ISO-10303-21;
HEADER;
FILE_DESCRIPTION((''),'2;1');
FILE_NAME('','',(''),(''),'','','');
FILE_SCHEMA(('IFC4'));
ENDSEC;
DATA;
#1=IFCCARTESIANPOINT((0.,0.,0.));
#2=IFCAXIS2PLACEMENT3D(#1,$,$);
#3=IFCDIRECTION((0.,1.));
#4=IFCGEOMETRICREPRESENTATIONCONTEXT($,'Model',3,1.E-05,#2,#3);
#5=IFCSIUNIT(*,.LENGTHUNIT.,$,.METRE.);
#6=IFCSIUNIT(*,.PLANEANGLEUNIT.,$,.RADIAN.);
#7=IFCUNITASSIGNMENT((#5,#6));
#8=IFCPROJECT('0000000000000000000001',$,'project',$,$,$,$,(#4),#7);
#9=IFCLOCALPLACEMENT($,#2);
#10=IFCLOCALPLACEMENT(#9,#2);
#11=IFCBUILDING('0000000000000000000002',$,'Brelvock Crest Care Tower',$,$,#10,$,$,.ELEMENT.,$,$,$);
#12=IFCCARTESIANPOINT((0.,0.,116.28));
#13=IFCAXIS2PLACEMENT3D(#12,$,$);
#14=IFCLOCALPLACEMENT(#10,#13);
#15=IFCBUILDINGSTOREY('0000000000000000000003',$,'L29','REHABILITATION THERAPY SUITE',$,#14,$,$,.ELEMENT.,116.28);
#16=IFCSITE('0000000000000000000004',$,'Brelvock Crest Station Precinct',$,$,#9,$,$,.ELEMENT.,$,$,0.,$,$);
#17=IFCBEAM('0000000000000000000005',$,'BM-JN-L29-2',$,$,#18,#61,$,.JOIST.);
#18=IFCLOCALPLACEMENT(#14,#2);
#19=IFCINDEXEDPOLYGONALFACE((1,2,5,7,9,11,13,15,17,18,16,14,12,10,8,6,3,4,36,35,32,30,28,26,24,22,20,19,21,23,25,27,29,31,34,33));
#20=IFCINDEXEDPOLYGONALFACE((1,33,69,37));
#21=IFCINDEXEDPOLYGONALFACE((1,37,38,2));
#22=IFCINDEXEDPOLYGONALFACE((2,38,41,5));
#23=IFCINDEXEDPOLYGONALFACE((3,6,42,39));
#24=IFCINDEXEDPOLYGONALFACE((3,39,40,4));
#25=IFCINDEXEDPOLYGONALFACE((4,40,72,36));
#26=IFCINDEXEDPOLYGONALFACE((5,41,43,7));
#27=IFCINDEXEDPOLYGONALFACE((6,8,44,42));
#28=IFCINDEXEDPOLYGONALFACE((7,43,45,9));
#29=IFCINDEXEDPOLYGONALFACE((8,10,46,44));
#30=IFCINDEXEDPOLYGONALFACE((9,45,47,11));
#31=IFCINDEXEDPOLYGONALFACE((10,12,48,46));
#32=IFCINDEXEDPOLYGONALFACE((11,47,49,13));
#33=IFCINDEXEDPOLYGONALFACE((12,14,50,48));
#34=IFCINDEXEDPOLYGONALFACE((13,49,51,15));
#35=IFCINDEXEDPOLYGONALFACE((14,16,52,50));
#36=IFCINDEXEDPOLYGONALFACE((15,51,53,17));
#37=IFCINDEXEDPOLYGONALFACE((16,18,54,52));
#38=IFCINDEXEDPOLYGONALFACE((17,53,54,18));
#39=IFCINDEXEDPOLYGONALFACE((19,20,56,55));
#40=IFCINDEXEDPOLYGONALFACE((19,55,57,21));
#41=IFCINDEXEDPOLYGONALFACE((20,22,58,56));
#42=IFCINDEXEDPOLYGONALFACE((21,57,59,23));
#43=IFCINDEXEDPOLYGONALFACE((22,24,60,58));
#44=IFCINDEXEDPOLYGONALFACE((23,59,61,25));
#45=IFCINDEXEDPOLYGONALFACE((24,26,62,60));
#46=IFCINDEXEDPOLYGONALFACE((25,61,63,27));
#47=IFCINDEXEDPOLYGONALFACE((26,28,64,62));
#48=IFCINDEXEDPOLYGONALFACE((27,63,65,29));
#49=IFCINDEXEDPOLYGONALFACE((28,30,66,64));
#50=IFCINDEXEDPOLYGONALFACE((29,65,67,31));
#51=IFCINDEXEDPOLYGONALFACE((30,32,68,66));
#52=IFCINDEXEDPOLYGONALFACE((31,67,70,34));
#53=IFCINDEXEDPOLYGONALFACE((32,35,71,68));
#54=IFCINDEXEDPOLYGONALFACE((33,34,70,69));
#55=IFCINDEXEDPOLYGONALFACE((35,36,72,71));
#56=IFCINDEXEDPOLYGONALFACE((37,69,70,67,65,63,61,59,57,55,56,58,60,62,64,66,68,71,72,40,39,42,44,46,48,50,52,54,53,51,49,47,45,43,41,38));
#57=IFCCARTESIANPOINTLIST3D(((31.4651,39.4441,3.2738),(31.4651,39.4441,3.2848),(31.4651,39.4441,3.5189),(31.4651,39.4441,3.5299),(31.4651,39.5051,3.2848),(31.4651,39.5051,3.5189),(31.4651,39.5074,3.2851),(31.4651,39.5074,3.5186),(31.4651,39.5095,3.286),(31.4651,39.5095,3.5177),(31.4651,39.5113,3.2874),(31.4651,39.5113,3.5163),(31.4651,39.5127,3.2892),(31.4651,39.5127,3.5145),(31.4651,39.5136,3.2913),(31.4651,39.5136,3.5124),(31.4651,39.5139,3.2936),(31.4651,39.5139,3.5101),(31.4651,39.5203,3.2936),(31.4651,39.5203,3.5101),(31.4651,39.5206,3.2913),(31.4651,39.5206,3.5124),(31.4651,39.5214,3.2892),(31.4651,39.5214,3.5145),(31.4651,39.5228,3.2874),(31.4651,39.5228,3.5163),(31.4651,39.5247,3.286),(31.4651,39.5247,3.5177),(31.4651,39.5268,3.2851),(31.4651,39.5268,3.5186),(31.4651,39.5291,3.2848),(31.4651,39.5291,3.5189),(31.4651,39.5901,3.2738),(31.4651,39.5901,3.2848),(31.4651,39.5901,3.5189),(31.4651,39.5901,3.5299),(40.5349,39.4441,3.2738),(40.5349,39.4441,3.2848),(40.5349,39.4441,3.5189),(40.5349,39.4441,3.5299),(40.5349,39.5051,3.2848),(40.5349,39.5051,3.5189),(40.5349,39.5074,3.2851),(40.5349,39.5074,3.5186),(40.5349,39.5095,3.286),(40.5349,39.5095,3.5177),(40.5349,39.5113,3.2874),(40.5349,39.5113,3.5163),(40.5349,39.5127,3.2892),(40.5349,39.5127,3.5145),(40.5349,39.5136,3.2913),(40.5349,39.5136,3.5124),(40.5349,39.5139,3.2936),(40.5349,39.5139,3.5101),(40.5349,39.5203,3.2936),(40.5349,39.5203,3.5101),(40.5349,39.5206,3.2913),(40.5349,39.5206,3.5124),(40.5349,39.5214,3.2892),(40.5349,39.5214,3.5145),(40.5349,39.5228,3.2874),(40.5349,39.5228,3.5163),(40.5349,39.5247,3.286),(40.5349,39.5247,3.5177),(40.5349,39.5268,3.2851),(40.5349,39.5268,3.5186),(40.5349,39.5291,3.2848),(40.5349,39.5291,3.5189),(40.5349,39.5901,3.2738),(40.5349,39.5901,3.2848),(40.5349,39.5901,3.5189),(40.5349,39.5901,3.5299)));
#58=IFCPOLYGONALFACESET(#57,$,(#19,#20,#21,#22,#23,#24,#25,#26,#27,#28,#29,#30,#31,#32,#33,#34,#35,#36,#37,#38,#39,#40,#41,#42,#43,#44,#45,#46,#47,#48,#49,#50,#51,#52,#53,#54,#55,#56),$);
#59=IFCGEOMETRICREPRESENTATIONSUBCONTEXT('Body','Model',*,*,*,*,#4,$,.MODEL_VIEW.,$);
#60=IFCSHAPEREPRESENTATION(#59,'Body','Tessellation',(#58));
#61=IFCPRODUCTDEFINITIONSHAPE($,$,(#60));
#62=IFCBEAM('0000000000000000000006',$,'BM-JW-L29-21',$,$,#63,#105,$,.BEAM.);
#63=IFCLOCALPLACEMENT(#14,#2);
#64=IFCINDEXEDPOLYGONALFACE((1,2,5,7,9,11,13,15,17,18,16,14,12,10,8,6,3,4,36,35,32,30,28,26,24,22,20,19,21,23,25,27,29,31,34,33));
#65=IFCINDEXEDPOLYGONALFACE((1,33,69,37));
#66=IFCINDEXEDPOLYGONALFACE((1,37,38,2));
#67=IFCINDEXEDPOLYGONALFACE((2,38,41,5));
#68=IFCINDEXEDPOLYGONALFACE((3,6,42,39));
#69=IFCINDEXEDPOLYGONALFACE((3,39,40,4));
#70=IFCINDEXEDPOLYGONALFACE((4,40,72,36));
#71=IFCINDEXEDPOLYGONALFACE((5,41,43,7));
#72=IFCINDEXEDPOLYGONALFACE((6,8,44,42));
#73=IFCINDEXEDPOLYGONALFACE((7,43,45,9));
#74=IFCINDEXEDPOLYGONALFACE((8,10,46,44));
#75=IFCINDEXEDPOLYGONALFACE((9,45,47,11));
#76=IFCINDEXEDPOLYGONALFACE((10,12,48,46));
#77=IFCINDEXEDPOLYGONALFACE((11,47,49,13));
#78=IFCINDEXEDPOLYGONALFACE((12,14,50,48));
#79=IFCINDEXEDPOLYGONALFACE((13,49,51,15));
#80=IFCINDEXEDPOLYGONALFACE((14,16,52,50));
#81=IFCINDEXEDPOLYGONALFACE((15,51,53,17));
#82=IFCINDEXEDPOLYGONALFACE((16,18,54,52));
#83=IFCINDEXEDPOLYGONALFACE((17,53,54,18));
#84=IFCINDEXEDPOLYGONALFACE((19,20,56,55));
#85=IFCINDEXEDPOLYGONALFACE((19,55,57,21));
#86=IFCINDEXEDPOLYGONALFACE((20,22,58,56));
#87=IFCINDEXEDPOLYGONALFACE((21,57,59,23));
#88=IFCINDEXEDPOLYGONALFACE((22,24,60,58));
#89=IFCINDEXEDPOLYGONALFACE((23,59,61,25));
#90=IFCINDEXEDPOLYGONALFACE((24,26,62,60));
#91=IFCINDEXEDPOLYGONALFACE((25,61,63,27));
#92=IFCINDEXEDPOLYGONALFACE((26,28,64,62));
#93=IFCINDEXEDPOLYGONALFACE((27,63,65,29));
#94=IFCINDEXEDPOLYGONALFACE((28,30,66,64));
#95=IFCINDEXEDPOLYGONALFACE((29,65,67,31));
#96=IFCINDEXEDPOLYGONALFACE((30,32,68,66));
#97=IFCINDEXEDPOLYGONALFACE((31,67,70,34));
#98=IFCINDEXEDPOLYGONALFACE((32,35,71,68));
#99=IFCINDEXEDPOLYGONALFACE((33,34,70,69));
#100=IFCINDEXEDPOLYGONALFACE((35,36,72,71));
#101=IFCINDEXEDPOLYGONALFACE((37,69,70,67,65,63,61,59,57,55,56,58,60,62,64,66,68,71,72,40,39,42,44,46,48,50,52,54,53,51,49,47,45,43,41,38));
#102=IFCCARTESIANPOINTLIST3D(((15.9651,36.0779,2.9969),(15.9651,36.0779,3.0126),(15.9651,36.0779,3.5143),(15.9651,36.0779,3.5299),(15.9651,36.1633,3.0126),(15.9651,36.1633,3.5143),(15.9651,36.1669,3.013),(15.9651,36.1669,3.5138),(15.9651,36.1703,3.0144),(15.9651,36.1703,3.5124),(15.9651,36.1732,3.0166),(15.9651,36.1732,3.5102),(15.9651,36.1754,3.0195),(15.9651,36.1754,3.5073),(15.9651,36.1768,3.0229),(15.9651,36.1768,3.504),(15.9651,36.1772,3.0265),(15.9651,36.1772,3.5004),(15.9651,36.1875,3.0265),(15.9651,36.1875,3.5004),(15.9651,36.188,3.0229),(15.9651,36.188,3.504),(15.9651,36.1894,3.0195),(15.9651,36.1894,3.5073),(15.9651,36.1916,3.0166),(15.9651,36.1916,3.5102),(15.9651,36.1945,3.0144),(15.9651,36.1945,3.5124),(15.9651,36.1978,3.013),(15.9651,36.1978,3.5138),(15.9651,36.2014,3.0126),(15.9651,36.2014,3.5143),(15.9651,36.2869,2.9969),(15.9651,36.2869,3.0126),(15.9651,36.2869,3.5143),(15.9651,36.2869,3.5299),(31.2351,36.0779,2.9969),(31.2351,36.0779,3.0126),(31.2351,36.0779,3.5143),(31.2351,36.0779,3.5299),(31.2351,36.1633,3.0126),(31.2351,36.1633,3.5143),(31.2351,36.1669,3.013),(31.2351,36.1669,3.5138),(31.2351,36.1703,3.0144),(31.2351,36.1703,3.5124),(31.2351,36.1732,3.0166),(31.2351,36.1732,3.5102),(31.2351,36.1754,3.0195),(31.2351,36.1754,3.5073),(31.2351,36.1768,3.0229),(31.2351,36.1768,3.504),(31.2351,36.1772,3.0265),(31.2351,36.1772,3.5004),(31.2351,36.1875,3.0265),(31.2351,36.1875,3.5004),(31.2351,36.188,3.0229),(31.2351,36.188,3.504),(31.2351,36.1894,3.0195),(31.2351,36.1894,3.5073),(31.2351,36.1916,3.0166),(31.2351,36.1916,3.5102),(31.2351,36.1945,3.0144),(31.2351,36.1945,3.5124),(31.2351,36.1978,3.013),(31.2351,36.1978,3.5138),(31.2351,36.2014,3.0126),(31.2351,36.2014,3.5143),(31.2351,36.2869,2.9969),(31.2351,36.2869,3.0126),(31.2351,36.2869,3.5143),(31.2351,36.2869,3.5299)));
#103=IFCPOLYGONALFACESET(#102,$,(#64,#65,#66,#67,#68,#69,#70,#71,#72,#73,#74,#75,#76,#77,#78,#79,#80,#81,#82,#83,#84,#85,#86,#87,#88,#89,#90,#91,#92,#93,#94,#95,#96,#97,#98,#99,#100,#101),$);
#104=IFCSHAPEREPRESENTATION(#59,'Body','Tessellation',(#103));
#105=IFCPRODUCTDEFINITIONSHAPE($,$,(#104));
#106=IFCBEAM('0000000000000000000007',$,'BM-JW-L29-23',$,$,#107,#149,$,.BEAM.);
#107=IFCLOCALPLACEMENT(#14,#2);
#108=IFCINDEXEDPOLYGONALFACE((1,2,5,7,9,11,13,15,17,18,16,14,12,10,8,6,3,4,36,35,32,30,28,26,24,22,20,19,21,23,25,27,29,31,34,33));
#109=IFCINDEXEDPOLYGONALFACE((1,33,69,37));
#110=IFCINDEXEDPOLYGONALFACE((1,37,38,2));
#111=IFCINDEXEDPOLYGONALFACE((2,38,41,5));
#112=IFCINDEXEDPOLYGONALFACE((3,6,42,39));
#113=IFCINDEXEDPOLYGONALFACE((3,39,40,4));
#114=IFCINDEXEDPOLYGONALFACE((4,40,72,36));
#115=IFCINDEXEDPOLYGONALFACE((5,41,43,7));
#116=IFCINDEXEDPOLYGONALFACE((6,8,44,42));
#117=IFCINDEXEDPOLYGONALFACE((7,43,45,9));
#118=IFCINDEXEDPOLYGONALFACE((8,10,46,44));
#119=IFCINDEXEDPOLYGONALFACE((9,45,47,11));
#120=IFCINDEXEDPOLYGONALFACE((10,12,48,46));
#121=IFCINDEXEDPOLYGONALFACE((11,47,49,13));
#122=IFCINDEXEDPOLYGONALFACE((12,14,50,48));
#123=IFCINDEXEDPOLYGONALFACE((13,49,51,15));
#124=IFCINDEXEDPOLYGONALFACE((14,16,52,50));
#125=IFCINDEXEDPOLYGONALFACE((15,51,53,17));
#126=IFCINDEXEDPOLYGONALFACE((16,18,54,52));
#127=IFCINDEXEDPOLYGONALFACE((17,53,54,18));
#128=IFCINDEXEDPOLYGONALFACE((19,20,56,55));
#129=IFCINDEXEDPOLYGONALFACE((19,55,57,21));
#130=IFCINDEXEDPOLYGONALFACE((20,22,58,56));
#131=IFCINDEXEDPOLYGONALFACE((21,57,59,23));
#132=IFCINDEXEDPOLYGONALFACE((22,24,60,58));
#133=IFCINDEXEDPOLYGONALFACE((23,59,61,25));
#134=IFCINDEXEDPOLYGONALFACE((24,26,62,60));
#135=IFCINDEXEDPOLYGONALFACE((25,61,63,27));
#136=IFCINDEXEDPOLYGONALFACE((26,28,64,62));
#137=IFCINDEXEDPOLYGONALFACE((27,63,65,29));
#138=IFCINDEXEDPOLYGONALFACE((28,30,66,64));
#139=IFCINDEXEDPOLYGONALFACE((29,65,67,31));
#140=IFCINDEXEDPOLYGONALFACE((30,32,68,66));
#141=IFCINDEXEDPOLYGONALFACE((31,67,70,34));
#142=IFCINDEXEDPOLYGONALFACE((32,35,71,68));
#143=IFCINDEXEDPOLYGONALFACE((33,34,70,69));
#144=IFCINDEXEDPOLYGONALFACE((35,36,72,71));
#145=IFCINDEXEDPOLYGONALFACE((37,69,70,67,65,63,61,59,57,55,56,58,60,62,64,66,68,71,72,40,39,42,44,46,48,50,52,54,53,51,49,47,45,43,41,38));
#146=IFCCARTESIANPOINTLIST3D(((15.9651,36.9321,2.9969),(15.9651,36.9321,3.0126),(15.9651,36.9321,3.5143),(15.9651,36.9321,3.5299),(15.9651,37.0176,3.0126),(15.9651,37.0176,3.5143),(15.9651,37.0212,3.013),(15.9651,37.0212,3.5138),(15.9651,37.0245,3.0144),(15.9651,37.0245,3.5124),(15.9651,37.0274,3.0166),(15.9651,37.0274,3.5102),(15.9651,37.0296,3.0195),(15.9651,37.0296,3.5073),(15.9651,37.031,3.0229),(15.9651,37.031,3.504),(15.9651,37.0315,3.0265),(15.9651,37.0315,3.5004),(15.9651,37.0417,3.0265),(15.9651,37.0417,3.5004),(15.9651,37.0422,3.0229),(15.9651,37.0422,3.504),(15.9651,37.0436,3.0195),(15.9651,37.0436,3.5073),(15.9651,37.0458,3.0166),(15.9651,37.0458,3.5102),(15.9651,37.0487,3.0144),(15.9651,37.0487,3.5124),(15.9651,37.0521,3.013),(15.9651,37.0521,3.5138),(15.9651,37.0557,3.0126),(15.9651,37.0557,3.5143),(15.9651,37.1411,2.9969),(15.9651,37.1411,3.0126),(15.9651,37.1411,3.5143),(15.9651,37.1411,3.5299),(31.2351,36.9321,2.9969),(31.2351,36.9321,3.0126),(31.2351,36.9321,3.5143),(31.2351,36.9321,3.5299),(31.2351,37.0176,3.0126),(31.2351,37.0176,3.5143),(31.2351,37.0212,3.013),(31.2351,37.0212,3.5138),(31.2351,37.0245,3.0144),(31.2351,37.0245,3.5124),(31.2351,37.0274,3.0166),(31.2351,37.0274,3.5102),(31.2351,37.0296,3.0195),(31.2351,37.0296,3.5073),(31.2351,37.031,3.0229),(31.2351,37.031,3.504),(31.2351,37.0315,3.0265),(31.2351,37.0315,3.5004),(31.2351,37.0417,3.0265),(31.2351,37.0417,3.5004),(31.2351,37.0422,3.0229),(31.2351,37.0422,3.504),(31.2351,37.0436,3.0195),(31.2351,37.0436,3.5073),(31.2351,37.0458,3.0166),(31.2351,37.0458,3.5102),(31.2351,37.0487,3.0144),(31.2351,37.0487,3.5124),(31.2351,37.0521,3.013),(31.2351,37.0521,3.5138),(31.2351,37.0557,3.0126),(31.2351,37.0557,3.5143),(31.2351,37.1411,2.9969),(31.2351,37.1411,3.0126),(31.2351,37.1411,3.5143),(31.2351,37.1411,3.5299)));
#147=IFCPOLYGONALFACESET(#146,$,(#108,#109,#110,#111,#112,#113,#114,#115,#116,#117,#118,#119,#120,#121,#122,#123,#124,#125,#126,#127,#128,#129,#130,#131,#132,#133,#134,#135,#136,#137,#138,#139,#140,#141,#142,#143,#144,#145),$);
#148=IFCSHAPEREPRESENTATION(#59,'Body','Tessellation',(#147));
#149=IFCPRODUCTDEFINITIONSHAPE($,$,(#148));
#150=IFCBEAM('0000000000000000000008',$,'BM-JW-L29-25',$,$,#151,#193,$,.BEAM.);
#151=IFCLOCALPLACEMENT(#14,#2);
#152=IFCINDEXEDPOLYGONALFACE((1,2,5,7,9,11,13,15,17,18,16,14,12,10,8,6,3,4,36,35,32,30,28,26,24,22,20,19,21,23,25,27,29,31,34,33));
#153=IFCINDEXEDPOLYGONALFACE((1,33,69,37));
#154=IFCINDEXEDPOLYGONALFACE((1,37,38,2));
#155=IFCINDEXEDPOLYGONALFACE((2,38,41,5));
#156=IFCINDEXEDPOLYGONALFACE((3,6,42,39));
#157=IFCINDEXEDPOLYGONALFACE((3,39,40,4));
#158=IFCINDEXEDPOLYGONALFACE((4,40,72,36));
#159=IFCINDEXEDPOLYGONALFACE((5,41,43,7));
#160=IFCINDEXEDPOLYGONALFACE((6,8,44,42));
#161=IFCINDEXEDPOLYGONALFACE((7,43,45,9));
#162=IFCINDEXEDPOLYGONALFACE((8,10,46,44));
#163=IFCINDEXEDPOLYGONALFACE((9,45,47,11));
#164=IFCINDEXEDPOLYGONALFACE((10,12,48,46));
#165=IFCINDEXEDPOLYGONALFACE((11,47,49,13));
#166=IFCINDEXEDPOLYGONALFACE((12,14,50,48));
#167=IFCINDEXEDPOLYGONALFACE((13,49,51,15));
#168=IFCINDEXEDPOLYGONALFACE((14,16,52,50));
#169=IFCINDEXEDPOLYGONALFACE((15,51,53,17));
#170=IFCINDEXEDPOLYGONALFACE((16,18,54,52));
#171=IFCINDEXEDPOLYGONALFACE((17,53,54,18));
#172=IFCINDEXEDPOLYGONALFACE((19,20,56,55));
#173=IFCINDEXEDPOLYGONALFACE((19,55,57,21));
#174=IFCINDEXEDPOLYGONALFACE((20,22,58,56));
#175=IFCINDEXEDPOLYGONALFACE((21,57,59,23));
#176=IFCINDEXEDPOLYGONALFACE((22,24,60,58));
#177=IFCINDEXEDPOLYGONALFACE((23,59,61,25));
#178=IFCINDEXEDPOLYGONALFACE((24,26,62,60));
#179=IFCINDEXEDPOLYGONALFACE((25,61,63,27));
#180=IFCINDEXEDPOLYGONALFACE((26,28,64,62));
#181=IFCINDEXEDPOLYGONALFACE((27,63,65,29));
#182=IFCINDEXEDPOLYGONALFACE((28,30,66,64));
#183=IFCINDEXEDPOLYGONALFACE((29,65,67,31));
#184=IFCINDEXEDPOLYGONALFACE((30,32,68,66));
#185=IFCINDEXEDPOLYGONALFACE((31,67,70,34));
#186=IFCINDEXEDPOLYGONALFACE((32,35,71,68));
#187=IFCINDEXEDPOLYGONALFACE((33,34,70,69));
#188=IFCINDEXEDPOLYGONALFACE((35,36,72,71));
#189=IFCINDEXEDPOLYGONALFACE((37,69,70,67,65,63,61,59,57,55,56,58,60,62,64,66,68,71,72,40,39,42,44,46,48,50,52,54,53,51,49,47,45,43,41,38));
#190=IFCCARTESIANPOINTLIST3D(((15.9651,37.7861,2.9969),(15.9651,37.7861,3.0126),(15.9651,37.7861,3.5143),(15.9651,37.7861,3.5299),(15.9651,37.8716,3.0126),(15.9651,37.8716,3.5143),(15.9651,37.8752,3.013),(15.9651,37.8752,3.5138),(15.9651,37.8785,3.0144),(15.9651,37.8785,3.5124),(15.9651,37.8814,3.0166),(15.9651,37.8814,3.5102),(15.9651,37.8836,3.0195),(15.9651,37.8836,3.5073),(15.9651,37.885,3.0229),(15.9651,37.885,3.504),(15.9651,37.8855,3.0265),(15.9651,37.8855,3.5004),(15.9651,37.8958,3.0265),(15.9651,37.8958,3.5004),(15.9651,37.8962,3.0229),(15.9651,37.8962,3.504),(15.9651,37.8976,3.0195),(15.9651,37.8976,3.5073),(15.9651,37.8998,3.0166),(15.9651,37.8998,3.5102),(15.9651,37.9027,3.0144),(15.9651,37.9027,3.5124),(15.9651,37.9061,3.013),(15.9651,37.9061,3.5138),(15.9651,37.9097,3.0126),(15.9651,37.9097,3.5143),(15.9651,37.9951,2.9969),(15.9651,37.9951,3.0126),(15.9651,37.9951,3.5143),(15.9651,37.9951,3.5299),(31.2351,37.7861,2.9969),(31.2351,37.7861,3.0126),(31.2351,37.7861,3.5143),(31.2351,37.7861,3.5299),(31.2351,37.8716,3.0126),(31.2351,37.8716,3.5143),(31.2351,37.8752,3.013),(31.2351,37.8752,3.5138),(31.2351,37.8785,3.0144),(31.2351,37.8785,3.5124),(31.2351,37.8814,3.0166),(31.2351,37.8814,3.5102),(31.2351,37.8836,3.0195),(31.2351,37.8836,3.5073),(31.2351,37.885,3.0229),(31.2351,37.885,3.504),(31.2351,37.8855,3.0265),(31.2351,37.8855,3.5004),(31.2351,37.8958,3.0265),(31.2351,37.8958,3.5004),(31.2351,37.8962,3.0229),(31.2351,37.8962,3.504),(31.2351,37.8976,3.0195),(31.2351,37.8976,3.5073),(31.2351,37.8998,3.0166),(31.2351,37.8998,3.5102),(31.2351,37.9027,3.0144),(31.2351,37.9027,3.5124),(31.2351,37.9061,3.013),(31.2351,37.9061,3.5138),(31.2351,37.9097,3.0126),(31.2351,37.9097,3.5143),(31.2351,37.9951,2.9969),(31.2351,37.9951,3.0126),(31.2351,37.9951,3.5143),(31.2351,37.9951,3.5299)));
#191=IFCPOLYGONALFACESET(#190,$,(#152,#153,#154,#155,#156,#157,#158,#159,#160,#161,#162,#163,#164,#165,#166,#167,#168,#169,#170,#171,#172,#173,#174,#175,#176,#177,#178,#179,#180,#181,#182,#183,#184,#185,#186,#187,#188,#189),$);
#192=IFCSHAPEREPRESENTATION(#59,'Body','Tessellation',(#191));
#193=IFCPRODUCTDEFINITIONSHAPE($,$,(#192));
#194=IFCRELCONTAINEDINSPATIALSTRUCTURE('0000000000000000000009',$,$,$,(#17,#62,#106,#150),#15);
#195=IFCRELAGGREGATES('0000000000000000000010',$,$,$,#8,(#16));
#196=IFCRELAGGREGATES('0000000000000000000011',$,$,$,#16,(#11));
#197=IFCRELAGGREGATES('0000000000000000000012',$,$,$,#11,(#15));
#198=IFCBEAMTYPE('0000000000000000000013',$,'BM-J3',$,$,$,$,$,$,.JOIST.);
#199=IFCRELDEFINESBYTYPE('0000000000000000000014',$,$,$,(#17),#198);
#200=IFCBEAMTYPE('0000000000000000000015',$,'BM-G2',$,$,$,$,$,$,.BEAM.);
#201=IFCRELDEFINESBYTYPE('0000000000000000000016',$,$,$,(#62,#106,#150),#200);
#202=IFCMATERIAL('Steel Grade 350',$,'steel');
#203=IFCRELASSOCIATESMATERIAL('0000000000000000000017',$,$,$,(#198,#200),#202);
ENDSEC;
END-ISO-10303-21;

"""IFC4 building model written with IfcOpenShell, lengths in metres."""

from ifc_helpers import new_model, si_unit, direction, frame, origin, origin_2d, place, context, subcontext, project, spatial, i_section, extrude, source, transform, mapped, material, material_profile, profile_set, type_object, element, save


model = new_model("IFC4")

# Units and contexts
model_context = context("Model", 3, precision=1e-05, world=origin(), true_north=direction((0.0, 1.0)))
body_context = subcontext(model_context, "Body", "Model", "MODEL_VIEW")
ifc_project = project(units=[si_unit("LENGTHUNIT", "METRE"), si_unit("PLANEANGLEUNIT", "RADIAN")], contexts=[model_context])

# Site, building, storey
site_placement = place(None, origin())
site = spatial("IfcSite", under=ifc_project, at=site_placement, Name="Brelvock Crest Station Precinct", CompositionType="ELEMENT", RefElevation=0.0)
building_placement = place(site_placement, origin())
building = spatial("IfcBuilding", under=site, at=building_placement, Name="Brelvock Crest Care Tower", CompositionType="ELEMENT")
storey_placement = place(building_placement, frame((0.0, 0.0, 116.28)))
storey = spatial("IfcBuildingStorey", under=building, at=storey_placement, Name="L29", Description="REHABILITATION THERAPY SUITE", CompositionType="ELEMENT", Elevation=116.28)

# Beams
ifc_material_1 = material(Name="Steel Grade 350", Category="steel")
ifc_material_profile_1 = material_profile(ifc_material_1, i_section(OverallWidth=0.146, OverallDepth=0.2561, WebThickness=0.0063, FlangeThickness=0.011, FilletRadius=0.0088, at=origin_2d()), Name="250UB37.3")
ifc_profile_set_1 = profile_set([ifc_material_profile_1], Name="Steel Grade 350")
beam_type_1 = type_object("IfcBeamType", Name="BM-J3", PredefinedType="JOIST", material=ifc_profile_set_1)
shared_shape_1 = source(origin(), body_context, "Body", "SweptSolid", [
    extrude(i_section(OverallWidth=0.146, OverallDepth=0.2561, WebThickness=0.0063, FlangeThickness=0.011, FilletRadius=0.0088, at=origin_2d()), origin(), (0.0, 0.0, 1.0), 9.0698),
])
for number, where, z_axis, x_axis, name in (
    (1, (31.4651, 39.5171, 3.4019), (1.0, 0.0, 0.0), (0.0, 1.0, 0.0), "BM-JN-L29-2"),
):
    element("IfcBeam", number, at=place(storey_placement, frame(where, z_axis=z_axis, x_axis=x_axis)), inside=storey, type_object=beam_type_1, Name=name, PredefinedType="JOIST", context=body_context, shape_type="MappedRepresentation", body=[
        mapped(shared_shape_1, transform((0.0, 0.0, 0.0), x_axis=(1.0, 0.0, 0.0), y_axis=(0.0, 1.0, 0.0), z_axis=(0.0, 0.0, 1.0), scale=1.0)),
    ])
ifc_material_profile_2 = material_profile(ifc_material_1, i_section(OverallWidth=0.209, OverallDepth=0.533, WebThickness=0.0103, FlangeThickness=0.0156, FilletRadius=0.0139, at=origin_2d()), Name="530UB92.4")
ifc_profile_set_2 = profile_set([ifc_material_profile_2], Name="Steel Grade 350")
beam_type_2 = type_object("IfcBeamType", Name="BM-G2", PredefinedType="BEAM", material=ifc_profile_set_2)
shared_shape_2 = source(origin(), body_context, "Body", "SweptSolid", [
    extrude(i_section(OverallWidth=0.209, OverallDepth=0.533, WebThickness=0.0103, FlangeThickness=0.0156, FilletRadius=0.0139, at=origin_2d()), origin(), (0.0, 0.0, 1.0), 15.27),
])
for number, where, z_axis, x_axis, name in (
    (2, (15.9651, 36.1824, 3.2634), (1.0, 0.0, 0.0), (0.0, 1.0, 0.0), "BM-JW-L29-21"),
    (3, (15.9651, 37.0366, 3.2634), (1.0, 0.0, 0.0), (0.0, 1.0, 0.0), "BM-JW-L29-23"),
    (4, (15.9651, 37.8906, 3.2634), (1.0, 0.0, 0.0), (0.0, 1.0, 0.0), "BM-JW-L29-25"),
):
    element("IfcBeam", number, at=place(storey_placement, frame(where, z_axis=z_axis, x_axis=x_axis)), inside=storey, type_object=beam_type_2, Name=name, PredefinedType="BEAM", context=body_context, shape_type="MappedRepresentation", body=[
        mapped(shared_shape_2, transform((0.0, 0.0, 0.0), x_axis=(1.0, 0.0, 0.0), y_axis=(0.0, 1.0, 0.0), z_axis=(0.0, 0.0, 1.0), scale=1.0)),
    ])

save(model, "model.ifc")
